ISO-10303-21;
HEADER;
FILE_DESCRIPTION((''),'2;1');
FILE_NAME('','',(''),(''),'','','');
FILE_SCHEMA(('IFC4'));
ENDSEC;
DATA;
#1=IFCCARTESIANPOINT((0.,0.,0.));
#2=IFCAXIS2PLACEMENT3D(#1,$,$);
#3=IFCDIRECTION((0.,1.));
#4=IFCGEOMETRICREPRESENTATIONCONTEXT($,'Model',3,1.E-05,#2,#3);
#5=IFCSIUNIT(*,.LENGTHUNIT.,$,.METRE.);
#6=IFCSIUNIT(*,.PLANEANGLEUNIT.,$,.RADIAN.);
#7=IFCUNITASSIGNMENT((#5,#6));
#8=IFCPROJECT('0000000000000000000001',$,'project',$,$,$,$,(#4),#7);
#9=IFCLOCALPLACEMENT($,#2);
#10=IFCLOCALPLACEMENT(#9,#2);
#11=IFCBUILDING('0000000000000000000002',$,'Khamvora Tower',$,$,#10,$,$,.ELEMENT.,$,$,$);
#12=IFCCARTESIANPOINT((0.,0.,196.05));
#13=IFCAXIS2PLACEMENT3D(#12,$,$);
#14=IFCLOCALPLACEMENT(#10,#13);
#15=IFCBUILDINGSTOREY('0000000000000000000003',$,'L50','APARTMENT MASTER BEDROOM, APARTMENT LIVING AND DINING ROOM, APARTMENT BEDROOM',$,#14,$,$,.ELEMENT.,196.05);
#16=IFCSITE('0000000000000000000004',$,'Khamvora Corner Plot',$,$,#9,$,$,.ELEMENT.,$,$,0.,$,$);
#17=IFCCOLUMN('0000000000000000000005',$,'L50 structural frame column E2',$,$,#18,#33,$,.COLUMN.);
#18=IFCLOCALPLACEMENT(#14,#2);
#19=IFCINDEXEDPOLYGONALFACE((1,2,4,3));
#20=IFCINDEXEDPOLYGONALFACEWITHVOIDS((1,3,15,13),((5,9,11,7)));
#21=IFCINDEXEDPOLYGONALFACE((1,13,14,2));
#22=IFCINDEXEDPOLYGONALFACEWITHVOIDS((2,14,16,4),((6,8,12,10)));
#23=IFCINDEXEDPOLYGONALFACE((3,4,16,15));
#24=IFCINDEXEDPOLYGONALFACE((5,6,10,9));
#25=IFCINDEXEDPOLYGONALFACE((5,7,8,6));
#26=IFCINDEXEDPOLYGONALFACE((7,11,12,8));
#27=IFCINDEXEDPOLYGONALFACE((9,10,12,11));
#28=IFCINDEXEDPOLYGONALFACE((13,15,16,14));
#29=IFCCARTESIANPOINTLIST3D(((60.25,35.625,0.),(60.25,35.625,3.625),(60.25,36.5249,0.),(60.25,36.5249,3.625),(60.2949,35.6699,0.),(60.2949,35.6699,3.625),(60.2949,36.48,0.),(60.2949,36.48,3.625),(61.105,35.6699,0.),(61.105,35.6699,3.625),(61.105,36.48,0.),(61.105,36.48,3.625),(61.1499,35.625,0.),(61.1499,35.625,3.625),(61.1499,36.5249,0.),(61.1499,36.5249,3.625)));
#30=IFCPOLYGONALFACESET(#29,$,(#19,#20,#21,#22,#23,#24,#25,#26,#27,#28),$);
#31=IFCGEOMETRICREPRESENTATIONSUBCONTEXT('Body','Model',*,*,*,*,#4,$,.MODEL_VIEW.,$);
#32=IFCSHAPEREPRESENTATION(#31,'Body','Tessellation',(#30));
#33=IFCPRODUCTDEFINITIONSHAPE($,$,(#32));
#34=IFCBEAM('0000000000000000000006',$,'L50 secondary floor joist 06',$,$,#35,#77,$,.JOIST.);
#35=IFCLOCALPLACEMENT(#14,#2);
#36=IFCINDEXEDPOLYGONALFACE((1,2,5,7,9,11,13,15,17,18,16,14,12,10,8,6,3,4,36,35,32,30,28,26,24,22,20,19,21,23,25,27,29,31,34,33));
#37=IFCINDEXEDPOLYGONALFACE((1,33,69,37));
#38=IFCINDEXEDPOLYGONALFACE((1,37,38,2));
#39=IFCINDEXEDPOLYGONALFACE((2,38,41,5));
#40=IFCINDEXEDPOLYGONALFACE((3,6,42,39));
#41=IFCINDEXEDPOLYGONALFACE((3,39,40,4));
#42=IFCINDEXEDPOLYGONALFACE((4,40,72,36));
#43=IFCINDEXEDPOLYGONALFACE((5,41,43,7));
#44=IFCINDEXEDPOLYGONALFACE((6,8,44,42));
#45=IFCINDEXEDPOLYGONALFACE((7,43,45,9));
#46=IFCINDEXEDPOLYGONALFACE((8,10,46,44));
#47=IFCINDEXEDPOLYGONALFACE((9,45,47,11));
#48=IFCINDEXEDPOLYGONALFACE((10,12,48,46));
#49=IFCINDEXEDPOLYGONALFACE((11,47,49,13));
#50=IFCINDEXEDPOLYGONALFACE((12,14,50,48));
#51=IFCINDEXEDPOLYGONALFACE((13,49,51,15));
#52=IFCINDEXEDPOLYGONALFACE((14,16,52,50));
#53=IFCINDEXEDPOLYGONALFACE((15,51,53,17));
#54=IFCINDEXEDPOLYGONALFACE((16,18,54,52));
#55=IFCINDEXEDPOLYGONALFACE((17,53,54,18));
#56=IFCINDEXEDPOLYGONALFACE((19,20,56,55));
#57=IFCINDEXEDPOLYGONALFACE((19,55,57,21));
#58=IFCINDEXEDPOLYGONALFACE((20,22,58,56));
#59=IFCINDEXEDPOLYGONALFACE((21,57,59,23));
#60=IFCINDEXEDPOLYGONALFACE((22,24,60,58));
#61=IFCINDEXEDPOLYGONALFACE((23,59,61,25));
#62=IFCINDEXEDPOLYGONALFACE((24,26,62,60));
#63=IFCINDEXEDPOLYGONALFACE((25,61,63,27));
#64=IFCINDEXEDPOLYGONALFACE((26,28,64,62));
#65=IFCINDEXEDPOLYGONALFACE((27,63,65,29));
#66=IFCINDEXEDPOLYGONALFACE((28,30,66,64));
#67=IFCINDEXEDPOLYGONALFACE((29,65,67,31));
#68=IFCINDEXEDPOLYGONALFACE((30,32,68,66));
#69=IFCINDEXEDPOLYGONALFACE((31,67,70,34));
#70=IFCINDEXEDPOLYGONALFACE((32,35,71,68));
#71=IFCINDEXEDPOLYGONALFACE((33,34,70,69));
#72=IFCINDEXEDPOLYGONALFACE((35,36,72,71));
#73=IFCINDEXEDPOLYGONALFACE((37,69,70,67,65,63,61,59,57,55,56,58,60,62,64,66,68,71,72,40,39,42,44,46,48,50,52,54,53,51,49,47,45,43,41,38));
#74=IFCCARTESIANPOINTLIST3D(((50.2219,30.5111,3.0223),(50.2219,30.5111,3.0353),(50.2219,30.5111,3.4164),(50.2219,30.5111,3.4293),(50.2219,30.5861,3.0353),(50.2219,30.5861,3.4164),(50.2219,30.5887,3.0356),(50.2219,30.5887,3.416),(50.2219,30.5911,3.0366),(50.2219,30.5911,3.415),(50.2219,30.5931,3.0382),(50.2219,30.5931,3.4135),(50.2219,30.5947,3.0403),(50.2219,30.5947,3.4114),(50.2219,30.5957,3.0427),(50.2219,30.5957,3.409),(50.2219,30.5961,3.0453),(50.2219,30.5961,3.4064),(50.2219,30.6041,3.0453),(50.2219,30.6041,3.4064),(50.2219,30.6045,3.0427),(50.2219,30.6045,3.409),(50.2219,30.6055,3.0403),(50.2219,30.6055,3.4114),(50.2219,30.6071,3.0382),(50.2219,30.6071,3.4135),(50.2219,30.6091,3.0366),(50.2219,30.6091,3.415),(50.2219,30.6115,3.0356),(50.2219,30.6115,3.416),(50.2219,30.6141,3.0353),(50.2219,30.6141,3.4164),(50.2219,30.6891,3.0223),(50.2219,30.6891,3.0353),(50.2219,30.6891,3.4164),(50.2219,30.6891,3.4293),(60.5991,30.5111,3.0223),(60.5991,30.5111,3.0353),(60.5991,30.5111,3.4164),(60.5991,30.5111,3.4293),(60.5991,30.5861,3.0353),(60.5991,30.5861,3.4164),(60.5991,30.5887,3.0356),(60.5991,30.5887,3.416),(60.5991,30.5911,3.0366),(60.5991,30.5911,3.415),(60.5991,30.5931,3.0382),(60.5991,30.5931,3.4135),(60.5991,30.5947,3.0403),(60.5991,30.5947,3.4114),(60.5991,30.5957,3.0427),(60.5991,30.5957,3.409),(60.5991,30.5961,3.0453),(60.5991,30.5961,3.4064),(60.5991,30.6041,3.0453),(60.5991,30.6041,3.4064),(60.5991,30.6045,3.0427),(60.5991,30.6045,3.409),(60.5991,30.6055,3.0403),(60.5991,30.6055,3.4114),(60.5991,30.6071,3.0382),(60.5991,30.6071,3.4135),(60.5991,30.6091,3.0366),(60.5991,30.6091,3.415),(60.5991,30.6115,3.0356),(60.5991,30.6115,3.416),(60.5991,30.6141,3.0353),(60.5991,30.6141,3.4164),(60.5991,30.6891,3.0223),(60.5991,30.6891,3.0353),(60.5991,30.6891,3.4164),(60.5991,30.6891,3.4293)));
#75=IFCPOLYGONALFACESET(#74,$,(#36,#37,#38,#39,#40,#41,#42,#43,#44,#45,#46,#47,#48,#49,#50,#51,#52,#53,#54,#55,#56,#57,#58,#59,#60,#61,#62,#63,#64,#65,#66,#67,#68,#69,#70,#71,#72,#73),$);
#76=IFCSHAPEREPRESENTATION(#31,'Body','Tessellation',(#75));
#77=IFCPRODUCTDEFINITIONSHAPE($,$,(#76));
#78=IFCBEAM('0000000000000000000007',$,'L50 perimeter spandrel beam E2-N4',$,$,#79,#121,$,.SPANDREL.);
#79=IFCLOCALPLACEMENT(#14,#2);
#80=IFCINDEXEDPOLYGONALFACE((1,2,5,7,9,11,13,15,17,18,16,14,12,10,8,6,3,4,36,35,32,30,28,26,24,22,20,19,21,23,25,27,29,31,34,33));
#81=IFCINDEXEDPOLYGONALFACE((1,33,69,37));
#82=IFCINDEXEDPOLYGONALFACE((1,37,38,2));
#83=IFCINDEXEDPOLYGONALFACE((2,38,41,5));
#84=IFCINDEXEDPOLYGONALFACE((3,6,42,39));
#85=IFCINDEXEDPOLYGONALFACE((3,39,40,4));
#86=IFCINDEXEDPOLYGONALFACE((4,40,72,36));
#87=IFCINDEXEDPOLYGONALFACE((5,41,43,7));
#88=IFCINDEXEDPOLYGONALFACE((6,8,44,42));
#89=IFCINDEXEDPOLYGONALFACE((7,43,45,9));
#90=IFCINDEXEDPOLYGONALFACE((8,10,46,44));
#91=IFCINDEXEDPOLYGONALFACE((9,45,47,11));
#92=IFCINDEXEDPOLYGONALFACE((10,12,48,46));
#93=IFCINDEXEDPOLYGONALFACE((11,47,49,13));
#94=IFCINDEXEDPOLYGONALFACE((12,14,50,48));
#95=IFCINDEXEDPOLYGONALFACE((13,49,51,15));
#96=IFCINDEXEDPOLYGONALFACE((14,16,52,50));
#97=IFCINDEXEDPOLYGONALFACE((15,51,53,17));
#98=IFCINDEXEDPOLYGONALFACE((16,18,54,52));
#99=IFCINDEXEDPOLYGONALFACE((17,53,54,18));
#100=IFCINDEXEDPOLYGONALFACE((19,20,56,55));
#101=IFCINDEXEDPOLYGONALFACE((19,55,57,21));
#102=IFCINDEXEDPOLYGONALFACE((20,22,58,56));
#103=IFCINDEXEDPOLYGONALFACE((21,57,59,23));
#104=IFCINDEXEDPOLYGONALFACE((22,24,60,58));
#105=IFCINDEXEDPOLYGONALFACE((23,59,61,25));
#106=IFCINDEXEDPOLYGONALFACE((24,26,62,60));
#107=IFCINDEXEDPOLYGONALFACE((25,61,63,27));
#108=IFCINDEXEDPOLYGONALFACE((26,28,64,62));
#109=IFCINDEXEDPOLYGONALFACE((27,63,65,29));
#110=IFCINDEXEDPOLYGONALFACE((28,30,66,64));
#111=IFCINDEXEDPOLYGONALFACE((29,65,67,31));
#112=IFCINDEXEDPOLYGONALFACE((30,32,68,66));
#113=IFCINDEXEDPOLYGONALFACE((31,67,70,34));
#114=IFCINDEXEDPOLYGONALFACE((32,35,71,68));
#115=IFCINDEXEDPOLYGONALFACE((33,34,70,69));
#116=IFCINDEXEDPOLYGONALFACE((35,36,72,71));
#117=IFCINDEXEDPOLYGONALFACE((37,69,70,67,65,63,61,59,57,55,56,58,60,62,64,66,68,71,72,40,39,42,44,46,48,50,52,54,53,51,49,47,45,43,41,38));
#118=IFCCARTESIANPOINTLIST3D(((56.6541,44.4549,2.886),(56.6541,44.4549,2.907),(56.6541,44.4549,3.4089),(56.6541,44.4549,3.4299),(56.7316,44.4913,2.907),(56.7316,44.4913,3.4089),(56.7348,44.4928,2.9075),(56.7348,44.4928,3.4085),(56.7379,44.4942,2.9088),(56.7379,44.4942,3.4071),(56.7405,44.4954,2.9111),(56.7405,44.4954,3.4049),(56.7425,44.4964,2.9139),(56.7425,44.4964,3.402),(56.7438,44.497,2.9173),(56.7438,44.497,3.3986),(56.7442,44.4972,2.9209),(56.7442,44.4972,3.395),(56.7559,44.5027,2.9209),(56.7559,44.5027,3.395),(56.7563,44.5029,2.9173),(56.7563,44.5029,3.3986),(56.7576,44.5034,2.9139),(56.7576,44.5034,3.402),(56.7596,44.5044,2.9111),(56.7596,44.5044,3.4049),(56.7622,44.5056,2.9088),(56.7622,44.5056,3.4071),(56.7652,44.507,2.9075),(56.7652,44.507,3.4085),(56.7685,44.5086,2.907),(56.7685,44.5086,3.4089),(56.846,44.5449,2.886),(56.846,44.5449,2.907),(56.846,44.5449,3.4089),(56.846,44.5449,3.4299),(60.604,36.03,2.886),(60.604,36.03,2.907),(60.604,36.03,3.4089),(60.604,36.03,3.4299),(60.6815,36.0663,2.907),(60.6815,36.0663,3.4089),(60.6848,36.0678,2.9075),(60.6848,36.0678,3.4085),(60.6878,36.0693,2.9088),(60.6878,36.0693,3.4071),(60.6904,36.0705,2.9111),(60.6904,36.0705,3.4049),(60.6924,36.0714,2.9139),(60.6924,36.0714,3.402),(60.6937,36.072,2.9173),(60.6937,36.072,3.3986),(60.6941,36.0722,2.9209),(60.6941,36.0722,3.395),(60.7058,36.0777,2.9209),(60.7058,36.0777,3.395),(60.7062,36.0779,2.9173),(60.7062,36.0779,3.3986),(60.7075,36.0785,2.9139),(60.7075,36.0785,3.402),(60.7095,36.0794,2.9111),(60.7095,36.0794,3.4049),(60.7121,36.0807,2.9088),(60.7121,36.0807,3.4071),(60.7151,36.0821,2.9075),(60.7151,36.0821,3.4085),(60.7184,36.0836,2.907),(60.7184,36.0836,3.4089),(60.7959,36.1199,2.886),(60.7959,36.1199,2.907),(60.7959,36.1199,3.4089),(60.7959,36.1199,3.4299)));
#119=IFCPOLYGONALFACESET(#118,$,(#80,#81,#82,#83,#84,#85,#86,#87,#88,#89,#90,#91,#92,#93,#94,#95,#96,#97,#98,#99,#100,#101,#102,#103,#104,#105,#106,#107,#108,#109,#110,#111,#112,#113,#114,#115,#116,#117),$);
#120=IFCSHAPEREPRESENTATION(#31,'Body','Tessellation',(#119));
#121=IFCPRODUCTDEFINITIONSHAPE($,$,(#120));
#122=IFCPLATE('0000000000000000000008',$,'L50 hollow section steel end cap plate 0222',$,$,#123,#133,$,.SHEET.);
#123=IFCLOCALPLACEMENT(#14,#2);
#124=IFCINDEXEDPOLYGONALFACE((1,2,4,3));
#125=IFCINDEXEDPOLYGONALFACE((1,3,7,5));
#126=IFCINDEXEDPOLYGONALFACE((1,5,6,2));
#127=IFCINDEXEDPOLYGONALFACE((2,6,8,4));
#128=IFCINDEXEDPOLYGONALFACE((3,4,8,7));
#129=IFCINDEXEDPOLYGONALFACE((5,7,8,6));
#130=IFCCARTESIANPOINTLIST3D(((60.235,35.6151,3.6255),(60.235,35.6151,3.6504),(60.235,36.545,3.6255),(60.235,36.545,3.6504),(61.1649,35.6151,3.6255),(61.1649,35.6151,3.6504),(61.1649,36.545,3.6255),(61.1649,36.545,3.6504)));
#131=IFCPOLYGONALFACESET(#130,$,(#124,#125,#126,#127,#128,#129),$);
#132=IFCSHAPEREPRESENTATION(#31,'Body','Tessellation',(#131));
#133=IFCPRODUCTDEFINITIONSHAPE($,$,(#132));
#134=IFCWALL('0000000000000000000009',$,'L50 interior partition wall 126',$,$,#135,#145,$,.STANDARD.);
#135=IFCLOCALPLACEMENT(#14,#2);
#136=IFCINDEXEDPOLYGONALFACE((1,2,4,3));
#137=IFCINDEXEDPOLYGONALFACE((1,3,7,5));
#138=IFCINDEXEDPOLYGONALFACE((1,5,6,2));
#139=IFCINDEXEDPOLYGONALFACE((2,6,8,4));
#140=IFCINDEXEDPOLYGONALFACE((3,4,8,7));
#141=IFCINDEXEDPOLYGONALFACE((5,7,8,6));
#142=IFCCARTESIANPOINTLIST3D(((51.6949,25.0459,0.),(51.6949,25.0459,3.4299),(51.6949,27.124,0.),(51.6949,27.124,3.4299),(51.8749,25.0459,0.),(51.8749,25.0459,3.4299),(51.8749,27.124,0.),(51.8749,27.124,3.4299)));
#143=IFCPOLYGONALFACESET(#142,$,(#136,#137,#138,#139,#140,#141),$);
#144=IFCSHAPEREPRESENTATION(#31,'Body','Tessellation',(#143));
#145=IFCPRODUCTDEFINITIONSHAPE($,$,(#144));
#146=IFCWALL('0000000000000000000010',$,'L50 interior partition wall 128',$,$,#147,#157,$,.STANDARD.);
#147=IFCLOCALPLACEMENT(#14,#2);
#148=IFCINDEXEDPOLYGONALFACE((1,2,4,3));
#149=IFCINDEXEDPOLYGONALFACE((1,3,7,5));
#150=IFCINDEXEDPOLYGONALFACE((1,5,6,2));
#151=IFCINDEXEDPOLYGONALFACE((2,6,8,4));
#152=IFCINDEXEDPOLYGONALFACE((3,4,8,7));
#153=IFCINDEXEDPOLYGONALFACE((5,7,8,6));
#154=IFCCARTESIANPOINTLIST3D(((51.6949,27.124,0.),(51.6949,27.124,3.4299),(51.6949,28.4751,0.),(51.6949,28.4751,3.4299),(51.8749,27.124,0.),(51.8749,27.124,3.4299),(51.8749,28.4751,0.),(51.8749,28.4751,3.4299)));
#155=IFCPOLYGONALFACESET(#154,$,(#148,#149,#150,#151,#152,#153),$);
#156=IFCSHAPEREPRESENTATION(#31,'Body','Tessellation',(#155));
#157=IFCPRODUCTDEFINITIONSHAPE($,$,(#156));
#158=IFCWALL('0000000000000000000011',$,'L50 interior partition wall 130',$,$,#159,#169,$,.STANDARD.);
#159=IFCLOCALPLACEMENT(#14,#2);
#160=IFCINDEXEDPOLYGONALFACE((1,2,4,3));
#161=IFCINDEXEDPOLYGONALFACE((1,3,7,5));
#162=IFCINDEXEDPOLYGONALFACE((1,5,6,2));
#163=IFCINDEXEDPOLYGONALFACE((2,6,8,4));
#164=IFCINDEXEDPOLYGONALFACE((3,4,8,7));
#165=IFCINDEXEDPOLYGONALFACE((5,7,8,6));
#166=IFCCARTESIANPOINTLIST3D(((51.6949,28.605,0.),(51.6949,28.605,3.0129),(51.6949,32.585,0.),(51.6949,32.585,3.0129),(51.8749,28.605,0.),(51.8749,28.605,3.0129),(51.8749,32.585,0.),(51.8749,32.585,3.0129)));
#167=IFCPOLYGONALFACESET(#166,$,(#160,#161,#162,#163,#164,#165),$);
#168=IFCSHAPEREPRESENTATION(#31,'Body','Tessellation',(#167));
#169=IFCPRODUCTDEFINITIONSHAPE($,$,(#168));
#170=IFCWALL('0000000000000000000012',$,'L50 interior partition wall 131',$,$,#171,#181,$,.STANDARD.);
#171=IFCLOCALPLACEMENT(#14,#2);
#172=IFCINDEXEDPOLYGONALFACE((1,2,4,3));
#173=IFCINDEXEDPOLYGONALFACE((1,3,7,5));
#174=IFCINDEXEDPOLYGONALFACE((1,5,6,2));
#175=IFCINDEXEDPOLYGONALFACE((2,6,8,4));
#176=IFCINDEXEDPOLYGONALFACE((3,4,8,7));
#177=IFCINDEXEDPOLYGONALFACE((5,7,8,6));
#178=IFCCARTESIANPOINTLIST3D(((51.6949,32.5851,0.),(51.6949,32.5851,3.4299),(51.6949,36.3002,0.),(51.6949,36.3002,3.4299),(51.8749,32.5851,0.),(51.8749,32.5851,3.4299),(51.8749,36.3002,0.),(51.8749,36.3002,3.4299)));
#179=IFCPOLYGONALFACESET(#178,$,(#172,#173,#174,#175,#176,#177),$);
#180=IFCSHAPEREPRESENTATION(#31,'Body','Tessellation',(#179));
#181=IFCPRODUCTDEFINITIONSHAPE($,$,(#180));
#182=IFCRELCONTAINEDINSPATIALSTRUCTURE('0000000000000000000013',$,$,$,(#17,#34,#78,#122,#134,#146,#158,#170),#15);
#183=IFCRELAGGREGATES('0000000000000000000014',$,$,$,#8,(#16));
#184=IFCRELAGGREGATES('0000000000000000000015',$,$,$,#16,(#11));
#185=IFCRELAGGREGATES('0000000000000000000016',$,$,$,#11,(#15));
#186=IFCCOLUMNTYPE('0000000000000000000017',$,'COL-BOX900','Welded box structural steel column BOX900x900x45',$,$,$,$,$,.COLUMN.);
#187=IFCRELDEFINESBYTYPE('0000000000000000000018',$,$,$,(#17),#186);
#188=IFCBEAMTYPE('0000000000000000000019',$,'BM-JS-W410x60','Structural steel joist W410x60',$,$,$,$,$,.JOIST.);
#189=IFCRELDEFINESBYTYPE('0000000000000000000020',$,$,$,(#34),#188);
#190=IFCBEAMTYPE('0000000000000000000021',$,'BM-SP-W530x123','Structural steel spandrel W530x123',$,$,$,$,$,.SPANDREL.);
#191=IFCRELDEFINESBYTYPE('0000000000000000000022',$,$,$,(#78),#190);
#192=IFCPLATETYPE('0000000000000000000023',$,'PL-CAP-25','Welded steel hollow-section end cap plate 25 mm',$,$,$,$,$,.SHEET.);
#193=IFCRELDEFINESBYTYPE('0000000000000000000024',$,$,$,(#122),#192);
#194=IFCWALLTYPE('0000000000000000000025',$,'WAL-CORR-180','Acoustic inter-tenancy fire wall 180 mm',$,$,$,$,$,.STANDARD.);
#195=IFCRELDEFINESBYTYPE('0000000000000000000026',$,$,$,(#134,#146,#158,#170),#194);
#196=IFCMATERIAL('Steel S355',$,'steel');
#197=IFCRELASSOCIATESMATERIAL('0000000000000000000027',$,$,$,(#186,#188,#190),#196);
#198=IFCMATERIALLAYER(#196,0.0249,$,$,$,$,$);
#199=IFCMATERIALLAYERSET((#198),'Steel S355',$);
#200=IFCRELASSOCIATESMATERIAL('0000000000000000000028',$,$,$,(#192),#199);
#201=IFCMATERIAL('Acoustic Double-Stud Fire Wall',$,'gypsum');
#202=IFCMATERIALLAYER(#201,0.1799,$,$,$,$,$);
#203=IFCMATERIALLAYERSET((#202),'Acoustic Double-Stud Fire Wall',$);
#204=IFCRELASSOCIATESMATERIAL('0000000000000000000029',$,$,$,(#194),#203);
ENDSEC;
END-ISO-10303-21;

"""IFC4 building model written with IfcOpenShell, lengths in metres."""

from ifc_helpers import new_model, si_unit, direction, frame, frame_2d, origin, origin_2d, place, context, subcontext, project, spatial, rectangle, hollow_rectangle, i_section, extrude, material, layer, layer_set, material_profile, profile_set, type_object, element, save


model = new_model("IFC4")

# Units and contexts
model_context = context("Model", 3, precision=1e-05, world=origin(), true_north=direction((0.0, 1.0)))
body_context = subcontext(model_context, "Body", "Model", "MODEL_VIEW")
ifc_project = project(units=[si_unit("LENGTHUNIT", "METRE"), si_unit("PLANEANGLEUNIT", "RADIAN")], contexts=[model_context])

# Site, building, storey
site_placement = place(None, origin())
site = spatial("IfcSite", under=ifc_project, at=site_placement, Name="Khamvora Corner Plot", CompositionType="ELEMENT", RefElevation=0.0)
building_placement = place(site_placement, origin())
building = spatial("IfcBuilding", under=site, at=building_placement, Name="Khamvora Tower", CompositionType="ELEMENT")
storey_placement = place(building_placement, frame((0.0, 0.0, 196.05)))
storey = spatial("IfcBuildingStorey", under=building, at=storey_placement, Name="L50", Description="APARTMENT MASTER BEDROOM, APARTMENT LIVING AND DINING ROOM, APARTMENT BEDROOM", CompositionType="ELEMENT", Elevation=196.05)

# Column
ifc_material_1 = material(Name="Steel S355", Category="steel")
ifc_material_profile_1 = material_profile(ifc_material_1, hollow_rectangle(XDim=0.8999, YDim=0.8999, WallThickness=0.0449, at=origin_2d()), Name="BOX900x900x45")
ifc_profile_set_1 = profile_set([ifc_material_profile_1], Name="Steel S355")
column_type = type_object("IfcColumnType", Name="COL-BOX900", Description="Welded box structural steel column BOX900x900x45", PredefinedType="COLUMN", material=ifc_profile_set_1)
column_placement = place(storey_placement, frame((60.7, 36.075, 0.0), z_axis=(0.0, 0.0, 1.0), x_axis=(1.0, 0.0, 0.0)))
element("IfcColumn", 1, at=column_placement, inside=storey, type_object=column_type, Name="L50 structural frame column E2", PredefinedType="COLUMN", context=body_context, shape_type="SweptSolid", body=[
    extrude(hollow_rectangle(XDim=0.8999, YDim=0.8999, WallThickness=0.0449, at=origin_2d()), origin(), (0.0, 0.0, 1.0), 3.625),
])

# Beams
ifc_material_profile_2 = material_profile(ifc_material_1, i_section(OverallWidth=0.178, OverallDepth=0.407, WebThickness=0.0081, FlangeThickness=0.0129, FilletRadius=0.01, at=origin_2d()), Name="W410x60")
ifc_profile_set_2 = profile_set([ifc_material_profile_2], Name="Steel S355")
beam_type_1 = type_object("IfcBeamType", Name="BM-JS-W410x60", Description="Structural steel joist W410x60", PredefinedType="JOIST", material=ifc_profile_set_2)
beam_1_placement = place(storey_placement, frame((50.2219, 30.6001, 3.2258), z_axis=(1.0, 0.0, 0.0), x_axis=(0.0, 1.0, 0.0)))
element("IfcBeam", 2, at=beam_1_placement, inside=storey, type_object=beam_type_1, Name="L50 secondary floor joist 06", PredefinedType="JOIST", context=body_context, shape_type="SweptSolid", body=[
    extrude(i_section(OverallWidth=0.178, OverallDepth=0.407, WebThickness=0.0081, FlangeThickness=0.0129, FilletRadius=0.01, at=origin_2d()), origin(), (0.0, 0.0, 1.0), 10.3772),
])
ifc_material_profile_3 = material_profile(ifc_material_1, i_section(OverallWidth=0.2119, OverallDepth=0.5439, WebThickness=0.0129, FlangeThickness=0.021, FilletRadius=0.0139, at=origin_2d()), Name="W530x123")
ifc_profile_set_3 = profile_set([ifc_material_profile_3], Name="Steel S355")
beam_type_2 = type_object("IfcBeamType", Name="BM-SP-W530x123", Description="Structural steel spandrel W530x123", PredefinedType="SPANDREL", material=ifc_profile_set_3)
beam_2_placement = place(storey_placement, frame((60.7, 36.075, 3.158), z_axis=(-0.424496, 0.90543, 0.0), x_axis=(-0.90543, -0.424496, 0.0)))
element("IfcBeam", 3, at=beam_2_placement, inside=storey, type_object=beam_type_2, Name="L50 perimeter spandrel beam E2-N4", PredefinedType="SPANDREL", context=body_context, shape_type="SweptSolid", body=[
    extrude(i_section(OverallWidth=0.2119, OverallDepth=0.5439, WebThickness=0.0129, FlangeThickness=0.021, FilletRadius=0.0139, at=origin_2d()), origin(), (0.0, 0.0, 1.0), 9.3049),
])

# Plate
ifc_layer_1 = layer(ifc_material_1, 0.0249)
ifc_layer_set_1 = layer_set([ifc_layer_1], Name="Steel S355")
plate_type = type_object("IfcPlateType", Name="PL-CAP-25", Description="Welded steel hollow-section end cap plate 25 mm", PredefinedType="SHEET", material=ifc_layer_set_1)
plate_placement = place(storey_placement, frame((60.7, 36.0801, 3.6255), z_axis=(0.0, 0.0, 1.0), x_axis=(1.0, 0.0, 0.0)))
element("IfcPlate", 4, at=plate_placement, inside=storey, type_object=plate_type, Name="L50 hollow section steel end cap plate 0222", PredefinedType="SHEET", context=body_context, shape_type="SweptSolid", body=[
    extrude(rectangle(XDim=0.9299, YDim=0.9299, at=origin_2d()), origin(), (0.0, 0.0, 1.0), 0.0249),
])

# Walls
ifc_material_2 = material(Name="Acoustic Double-Stud Fire Wall", Category="gypsum")
ifc_layer_2 = layer(ifc_material_2, 0.1799)
ifc_layer_set_2 = layer_set([ifc_layer_2], Name="Acoustic Double-Stud Fire Wall")
wall_type_1 = type_object("IfcWallType", Name="WAL-CORR-180", Description="Acoustic inter-tenancy fire wall 180 mm", PredefinedType="STANDARD", material=ifc_layer_set_2)
wall_1_placement = place(storey_placement, frame((51.7849, 27.124, 0.0), z_axis=(0.0, 0.0, 1.0), x_axis=(0.0, -1.0, 0.0)))
element("IfcWall", 5, at=wall_1_placement, inside=storey, type_object=wall_type_1, Name="L50 interior partition wall 126", PredefinedType="STANDARD", context=body_context, shape_type="SweptSolid", body=[
    extrude(rectangle(XDim=2.0781, YDim=0.1799, at=frame_2d((1.0391, 0.0))), origin(), (0.0, 0.0, 1.0), 3.4299),
])
wall_2_placement = place(storey_placement, frame((51.7849, 28.4751, 0.0), z_axis=(0.0, 0.0, 1.0), x_axis=(0.0, -1.0, 0.0)))
element("IfcWall", 6, at=wall_2_placement, inside=storey, type_object=wall_type_1, Name="L50 interior partition wall 128", PredefinedType="STANDARD", context=body_context, shape_type="SweptSolid", body=[
    extrude(rectangle(XDim=1.3511, YDim=0.1799, at=frame_2d((0.6755, 0.0))), origin(), (0.0, 0.0, 1.0), 3.4299),
])
wall_3_placement = place(storey_placement, frame((51.7849, 32.585, 0.0), z_axis=(0.0, 0.0, 1.0), x_axis=(0.0, -1.0, 0.0)))
element("IfcWall", 7, at=wall_3_placement, inside=storey, type_object=wall_type_1, Name="L50 interior partition wall 130", PredefinedType="STANDARD", context=body_context, shape_type="SweptSolid", body=[
    extrude(rectangle(XDim=3.98, YDim=0.1799, at=frame_2d((1.99, 0.0))), origin(), (0.0, 0.0, 1.0), 3.0129),
])
wall_4_placement = place(storey_placement, frame((51.7849, 36.3, 0.0), z_axis=(0.0, 0.0, 1.0), x_axis=(0.0, -1.0, 0.0)))
element("IfcWall", 8, at=wall_4_placement, inside=storey, type_object=wall_type_1, Name="L50 interior partition wall 131", PredefinedType="STANDARD", context=body_context, shape_type="SweptSolid", body=[
    extrude(rectangle(XDim=3.7151, YDim=0.1799, at=frame_2d((1.8574, 0.0))), origin(), (0.0, 0.0, 1.0), 3.4299),
])

save(model, "model.ifc")
